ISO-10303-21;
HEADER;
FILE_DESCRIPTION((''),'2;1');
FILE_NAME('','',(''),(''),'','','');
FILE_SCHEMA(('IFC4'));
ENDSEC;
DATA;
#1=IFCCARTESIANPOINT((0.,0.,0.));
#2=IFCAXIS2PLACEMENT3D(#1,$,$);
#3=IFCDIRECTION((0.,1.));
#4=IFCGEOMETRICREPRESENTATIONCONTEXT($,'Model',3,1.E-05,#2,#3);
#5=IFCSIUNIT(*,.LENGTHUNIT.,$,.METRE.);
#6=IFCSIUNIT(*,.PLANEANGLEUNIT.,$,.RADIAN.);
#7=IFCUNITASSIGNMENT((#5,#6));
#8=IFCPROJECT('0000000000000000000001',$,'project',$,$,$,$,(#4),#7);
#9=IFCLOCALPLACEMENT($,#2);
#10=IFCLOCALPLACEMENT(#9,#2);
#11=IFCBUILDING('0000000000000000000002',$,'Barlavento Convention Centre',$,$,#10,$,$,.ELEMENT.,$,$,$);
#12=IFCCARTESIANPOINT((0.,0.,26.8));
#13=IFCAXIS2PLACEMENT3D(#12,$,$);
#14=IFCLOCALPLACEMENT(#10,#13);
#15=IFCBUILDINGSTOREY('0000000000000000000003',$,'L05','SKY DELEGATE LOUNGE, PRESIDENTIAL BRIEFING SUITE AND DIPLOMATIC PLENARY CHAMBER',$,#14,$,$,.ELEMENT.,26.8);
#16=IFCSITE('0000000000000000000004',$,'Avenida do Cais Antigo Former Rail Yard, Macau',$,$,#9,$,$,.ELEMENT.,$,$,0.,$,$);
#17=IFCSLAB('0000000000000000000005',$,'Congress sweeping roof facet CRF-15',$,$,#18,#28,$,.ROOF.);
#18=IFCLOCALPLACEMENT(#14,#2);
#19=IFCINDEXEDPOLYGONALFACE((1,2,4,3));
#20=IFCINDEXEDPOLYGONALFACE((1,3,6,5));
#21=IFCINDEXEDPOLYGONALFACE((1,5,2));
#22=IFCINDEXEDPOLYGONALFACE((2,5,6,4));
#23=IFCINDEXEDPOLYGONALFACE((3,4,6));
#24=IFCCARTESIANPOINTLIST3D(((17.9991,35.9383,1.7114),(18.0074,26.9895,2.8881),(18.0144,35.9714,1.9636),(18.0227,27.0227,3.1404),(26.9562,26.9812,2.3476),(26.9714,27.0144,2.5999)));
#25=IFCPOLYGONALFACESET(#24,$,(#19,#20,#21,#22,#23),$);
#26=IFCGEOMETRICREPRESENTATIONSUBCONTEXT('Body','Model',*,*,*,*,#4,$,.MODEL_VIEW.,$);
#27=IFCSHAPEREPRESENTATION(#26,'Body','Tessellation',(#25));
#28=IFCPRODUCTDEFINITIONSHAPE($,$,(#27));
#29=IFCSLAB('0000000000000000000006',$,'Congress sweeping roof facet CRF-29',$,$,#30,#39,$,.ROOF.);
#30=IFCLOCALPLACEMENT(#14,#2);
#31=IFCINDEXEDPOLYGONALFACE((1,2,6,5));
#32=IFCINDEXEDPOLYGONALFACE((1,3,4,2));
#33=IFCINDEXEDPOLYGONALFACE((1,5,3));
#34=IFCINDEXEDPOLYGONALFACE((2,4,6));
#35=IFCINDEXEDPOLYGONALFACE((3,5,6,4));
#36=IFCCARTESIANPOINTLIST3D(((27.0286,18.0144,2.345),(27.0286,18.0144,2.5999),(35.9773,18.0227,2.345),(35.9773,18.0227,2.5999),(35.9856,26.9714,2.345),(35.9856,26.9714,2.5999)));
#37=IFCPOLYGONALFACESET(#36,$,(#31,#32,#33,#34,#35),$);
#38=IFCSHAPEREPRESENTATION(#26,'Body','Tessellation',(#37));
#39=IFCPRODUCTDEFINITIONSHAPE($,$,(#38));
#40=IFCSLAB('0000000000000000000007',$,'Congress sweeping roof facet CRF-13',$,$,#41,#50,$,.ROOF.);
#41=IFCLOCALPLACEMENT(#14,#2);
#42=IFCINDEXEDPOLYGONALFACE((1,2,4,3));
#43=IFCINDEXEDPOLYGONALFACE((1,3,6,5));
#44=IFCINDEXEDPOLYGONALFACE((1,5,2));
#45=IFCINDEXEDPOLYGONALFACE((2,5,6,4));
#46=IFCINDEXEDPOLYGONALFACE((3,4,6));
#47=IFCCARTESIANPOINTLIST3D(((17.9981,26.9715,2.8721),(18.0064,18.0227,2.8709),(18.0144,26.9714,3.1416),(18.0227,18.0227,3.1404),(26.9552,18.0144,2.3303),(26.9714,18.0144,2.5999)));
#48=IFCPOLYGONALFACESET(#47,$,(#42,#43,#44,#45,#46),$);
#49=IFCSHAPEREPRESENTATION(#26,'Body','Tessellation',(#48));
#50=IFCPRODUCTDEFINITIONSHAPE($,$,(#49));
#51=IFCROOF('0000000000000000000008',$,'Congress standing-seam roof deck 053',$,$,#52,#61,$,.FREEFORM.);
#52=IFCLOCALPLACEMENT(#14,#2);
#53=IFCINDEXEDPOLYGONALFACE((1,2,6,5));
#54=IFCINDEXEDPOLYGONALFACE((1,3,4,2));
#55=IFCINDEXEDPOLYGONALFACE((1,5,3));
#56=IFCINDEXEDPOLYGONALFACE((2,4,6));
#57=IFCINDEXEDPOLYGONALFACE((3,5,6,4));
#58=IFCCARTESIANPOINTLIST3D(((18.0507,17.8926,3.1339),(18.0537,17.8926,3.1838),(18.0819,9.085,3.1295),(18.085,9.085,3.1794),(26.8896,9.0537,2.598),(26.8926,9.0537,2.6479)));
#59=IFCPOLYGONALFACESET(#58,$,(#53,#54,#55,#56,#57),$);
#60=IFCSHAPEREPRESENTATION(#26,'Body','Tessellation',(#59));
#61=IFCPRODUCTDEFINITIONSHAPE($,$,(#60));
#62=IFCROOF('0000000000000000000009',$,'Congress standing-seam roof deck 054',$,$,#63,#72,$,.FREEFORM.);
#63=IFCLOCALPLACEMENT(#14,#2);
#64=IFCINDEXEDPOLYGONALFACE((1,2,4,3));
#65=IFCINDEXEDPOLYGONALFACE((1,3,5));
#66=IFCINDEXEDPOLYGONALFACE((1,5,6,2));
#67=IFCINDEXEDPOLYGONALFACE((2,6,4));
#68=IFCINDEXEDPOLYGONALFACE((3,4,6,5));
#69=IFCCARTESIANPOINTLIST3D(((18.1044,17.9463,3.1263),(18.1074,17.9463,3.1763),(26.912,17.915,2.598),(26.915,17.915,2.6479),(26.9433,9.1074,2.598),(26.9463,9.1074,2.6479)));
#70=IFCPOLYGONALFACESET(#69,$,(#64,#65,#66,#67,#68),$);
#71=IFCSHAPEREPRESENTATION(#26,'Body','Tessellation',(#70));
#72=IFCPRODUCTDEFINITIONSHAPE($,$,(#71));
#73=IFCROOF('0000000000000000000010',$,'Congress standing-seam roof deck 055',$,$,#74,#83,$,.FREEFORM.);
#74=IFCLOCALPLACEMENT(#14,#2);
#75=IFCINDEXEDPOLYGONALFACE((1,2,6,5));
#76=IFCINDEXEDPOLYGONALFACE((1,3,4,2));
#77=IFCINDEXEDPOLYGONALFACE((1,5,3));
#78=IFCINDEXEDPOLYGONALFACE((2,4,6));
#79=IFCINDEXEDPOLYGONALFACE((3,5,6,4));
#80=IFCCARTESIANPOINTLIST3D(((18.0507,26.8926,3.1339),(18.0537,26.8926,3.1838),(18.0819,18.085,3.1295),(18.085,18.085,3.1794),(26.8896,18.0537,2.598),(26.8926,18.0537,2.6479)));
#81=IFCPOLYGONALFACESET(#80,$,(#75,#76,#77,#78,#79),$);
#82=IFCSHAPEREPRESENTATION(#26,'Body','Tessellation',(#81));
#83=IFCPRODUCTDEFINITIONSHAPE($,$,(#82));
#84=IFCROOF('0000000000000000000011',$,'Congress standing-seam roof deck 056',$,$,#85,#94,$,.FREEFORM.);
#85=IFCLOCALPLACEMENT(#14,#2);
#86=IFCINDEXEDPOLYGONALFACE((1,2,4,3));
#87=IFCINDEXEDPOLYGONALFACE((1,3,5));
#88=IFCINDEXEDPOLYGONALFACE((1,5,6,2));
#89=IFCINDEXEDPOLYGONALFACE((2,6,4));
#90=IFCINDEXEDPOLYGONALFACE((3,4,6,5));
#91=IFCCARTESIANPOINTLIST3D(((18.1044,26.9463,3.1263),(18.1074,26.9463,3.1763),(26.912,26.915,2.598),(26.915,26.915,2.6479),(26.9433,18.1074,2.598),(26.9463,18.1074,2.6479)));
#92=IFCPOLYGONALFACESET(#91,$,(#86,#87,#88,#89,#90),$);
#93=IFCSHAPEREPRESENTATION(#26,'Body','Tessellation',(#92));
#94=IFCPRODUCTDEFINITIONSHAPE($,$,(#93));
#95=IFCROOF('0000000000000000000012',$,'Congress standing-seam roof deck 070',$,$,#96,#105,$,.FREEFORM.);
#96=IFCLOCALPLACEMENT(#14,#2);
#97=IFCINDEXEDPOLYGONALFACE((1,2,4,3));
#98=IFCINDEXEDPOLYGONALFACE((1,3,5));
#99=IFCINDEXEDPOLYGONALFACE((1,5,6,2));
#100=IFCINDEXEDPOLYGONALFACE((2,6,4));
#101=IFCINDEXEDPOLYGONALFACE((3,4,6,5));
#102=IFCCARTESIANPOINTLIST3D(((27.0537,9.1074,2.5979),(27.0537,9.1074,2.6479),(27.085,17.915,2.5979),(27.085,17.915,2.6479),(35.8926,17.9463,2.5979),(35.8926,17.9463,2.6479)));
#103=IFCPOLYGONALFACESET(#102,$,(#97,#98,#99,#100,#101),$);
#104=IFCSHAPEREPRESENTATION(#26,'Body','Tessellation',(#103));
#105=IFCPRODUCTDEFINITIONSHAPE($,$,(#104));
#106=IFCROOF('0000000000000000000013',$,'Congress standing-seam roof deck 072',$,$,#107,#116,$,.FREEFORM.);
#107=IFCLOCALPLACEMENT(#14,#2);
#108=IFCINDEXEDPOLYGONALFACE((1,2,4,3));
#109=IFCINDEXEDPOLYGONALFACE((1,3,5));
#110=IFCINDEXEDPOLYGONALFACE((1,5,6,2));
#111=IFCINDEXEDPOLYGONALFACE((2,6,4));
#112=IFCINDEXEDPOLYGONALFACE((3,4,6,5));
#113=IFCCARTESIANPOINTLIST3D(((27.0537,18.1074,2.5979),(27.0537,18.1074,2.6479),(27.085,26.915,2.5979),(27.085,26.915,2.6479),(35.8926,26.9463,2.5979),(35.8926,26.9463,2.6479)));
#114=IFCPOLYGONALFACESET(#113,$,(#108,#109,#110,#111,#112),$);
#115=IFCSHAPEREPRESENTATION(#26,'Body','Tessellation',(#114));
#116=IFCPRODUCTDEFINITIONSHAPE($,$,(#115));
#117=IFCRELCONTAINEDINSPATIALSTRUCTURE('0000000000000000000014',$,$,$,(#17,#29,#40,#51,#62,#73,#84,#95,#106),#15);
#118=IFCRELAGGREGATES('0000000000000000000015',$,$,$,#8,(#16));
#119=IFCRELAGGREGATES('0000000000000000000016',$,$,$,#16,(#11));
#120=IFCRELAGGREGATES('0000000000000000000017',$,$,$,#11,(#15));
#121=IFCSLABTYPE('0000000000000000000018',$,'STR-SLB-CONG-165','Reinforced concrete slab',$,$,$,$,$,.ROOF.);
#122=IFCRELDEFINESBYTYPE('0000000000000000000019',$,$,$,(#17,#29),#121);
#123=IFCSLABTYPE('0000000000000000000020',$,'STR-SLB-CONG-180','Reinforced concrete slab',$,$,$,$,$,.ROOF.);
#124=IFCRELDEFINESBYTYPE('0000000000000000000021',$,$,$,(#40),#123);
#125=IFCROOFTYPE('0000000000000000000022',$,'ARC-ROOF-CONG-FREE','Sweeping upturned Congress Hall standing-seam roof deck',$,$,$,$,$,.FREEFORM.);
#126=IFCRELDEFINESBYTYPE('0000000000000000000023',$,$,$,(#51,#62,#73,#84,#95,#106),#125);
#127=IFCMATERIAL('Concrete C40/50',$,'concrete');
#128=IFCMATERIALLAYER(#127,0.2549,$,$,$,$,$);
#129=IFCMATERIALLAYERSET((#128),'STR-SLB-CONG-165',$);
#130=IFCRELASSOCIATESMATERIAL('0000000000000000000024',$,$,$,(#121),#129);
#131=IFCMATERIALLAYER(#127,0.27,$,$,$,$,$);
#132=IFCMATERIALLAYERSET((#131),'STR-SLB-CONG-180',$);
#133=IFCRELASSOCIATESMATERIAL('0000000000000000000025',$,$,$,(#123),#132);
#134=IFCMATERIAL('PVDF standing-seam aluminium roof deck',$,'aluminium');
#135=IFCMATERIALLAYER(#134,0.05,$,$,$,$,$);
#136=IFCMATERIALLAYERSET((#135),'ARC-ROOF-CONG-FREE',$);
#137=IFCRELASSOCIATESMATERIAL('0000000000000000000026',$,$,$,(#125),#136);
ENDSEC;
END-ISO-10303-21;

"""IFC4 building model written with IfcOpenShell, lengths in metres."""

from ifc_helpers import new_model, si_unit, direction, frame, origin, place, context, subcontext, project, spatial, polyline, outline, extrude, material, layer, layer_set, type_object, element, save


model = new_model("IFC4")

# Units and contexts
model_context = context("Model", 3, precision=1e-05, world=origin(), true_north=direction((0.0, 1.0)))
body_context = subcontext(model_context, "Body", "Model", "MODEL_VIEW")
ifc_project = project(units=[si_unit("LENGTHUNIT", "METRE"), si_unit("PLANEANGLEUNIT", "RADIAN")], contexts=[model_context])

# Site, building, storey
site_placement = place(None, origin())
site = spatial("IfcSite", under=ifc_project, at=site_placement, Name="Avenida do Cais Antigo Former Rail Yard, Macau", CompositionType="ELEMENT", RefElevation=0.0)
building_placement = place(site_placement, origin())
building = spatial("IfcBuilding", under=site, at=building_placement, Name="Barlavento Convention Centre", CompositionType="ELEMENT")
storey_placement = place(building_placement, frame((0.0, 0.0, 26.8)))
storey = spatial("IfcBuildingStorey", under=building, at=storey_placement, Name="L05", Description="SKY DELEGATE LOUNGE, PRESIDENTIAL BRIEFING SUITE AND DIPLOMATIC PLENARY CHAMBER", CompositionType="ELEMENT", Elevation=26.8)

# Shared definitions
ifc_material_1 = material(Name="Concrete C40/50", Category="concrete")

# Slabs
ifc_layer_1 = layer(ifc_material_1, 0.2549)
ifc_layer_set_1 = layer_set([ifc_layer_1], Name="STR-SLB-CONG-165")
slab_type_1 = type_object("IfcSlabType", Name="STR-SLB-CONG-165", Description="Reinforced concrete slab", PredefinedType="ROOF", material=ifc_layer_set_1)
slab_1_placement = place(storey_placement, frame((18.0227, 27.0227, 3.1404), z_axis=(0.0599, 0.130198, 0.989677), x_axis=(0.99818, -0.000926, -0.060293)))
element("IfcSlab", 1, at=slab_1_placement, inside=storey, type_object=slab_type_1, Name="Congress sweeping roof facet CRF-15", PredefinedType="ROOF", context=body_context, shape_type="SweptSolid", body=[
    extrude(outline(polyline([(0.0, 0.0), (8.965, 0.0), (0.0544, 9.0256), (0.0, 0.0)])), origin(), (0.0, 0.0, -1.0), 0.2549),
])
slab_2_placement = place(storey_placement, frame((27.0286, 18.0144, 2.5999), z_axis=(0.0, 0.0, 1.0), x_axis=(1.0, 0.000928, 0.0)))
element("IfcSlab", 2, at=slab_2_placement, inside=storey, type_object=slab_type_1, Name="Congress sweeping roof facet CRF-29", PredefinedType="ROOF", context=body_context, shape_type="SweptSolid", body=[
    extrude(outline(polyline([(0.0, 0.0), (8.9487, 0.0), (8.9653, 8.9487), (0.0, 0.0)])), origin(), (0.0, 0.0, -1.0), 0.2549),
])
ifc_layer_2 = layer(ifc_material_1, 0.27)
ifc_layer_set_2 = layer_set([ifc_layer_2], Name="STR-SLB-CONG-180")
slab_type_2 = type_object("IfcSlabType", Name="STR-SLB-CONG-180", Description="Reinforced concrete slab", PredefinedType="ROOF", material=ifc_layer_set_2)
slab_3_placement = place(storey_placement, frame((18.0227, 18.0227, 3.1404), z_axis=(0.060293, -0.00008, 0.998181), x_axis=(0.99818, -0.000926, -0.060293)))
element("IfcSlab", 3, at=slab_3_placement, inside=storey, type_object=slab_type_2, Name="Congress sweeping roof facet CRF-13", PredefinedType="ROOF", context=body_context, shape_type="SweptSolid", body=[
    extrude(outline(polyline([(0.0, 0.0), (8.965, 0.0), (-0.0166, 8.9487), (0.0, 0.0)])), origin(), (0.0, 0.0, -1.0), 0.27),
])

# Roofs
ifc_material_2 = material(Name="PVDF standing-seam aluminium roof deck", Category="aluminium")
ifc_layer_3 = layer(ifc_material_2, 0.05)
ifc_layer_set_3 = layer_set([ifc_layer_3], Name="ARC-ROOF-CONG-FREE")
roof_type = type_object("IfcRoofType", Name="ARC-ROOF-CONG-FREE", Description="Sweeping upturned Congress Hall standing-seam roof deck", PredefinedType="FREEFORM", material=ifc_layer_set_3)
roof_1_placement = place(storey_placement, frame((18.085, 9.085, 3.1794), z_axis=(0.060234, -0.000284, 0.998184), x_axis=(0.998178, -0.003542, -0.060235)))
element("IfcRoof", 4, at=roof_1_placement, inside=storey, type_object=roof_type, Name="Congress standing-seam roof deck 053", PredefinedType="FREEFORM", context=body_context, shape_type="SweptSolid", body=[
    extrude(outline(polyline([(0.0, 0.0), (8.8237, 0.0), (-0.0627, 8.8075), (0.0, 0.0)])), origin(), (0.0, 0.0, -1.0), 0.05),
])
roof_2_placement = place(storey_placement, frame((26.9463, 9.1074, 2.6479), z_axis=(0.059878, 0.000212, 0.998206), x_axis=(-0.003548, 0.999994, 0.0)))
element("IfcRoof", 5, at=roof_2_placement, inside=storey, type_object=roof_type, Name="Congress standing-seam roof deck 054", PredefinedType="FREEFORM", context=body_context, shape_type="SweptSolid", body=[
    extrude(outline(polyline([(0.0, 0.0), (8.8077, 0.0), (8.8702, 8.8233), (0.0, 0.0)])), origin(), (0.0, 0.0, -1.0), 0.05),
])
roof_3_placement = place(storey_placement, frame((18.085, 18.085, 3.1794), z_axis=(0.060234, -0.000284, 0.998184), x_axis=(0.998178, -0.003542, -0.060235)))
element("IfcRoof", 6, at=roof_3_placement, inside=storey, type_object=roof_type, Name="Congress standing-seam roof deck 055", PredefinedType="FREEFORM", context=body_context, shape_type="SweptSolid", body=[
    extrude(outline(polyline([(0.0, 0.0), (8.8237, 0.0), (-0.0627, 8.8075), (0.0, 0.0)])), origin(), (0.0, 0.0, -1.0), 0.05),
])
roof_4_placement = place(storey_placement, frame((26.9463, 18.1074, 2.6479), z_axis=(0.059878, 0.000212, 0.998206), x_axis=(-0.003548, 0.999994, 0.0)))
element("IfcRoof", 7, at=roof_4_placement, inside=storey, type_object=roof_type, Name="Congress standing-seam roof deck 056", PredefinedType="FREEFORM", context=body_context, shape_type="SweptSolid", body=[
    extrude(outline(polyline([(0.0, 0.0), (8.8077, 0.0), (8.8702, 8.8233), (0.0, 0.0)])), origin(), (0.0, 0.0, -1.0), 0.05),
])
for number, where, z_axis, x_axis, name in (
    (8, (27.0537, 9.1074, 2.6479), (0.0, 0.0, 1.0), (0.707107, 0.707107, 0.0), "Congress standing-seam roof deck 070"),
    (9, (27.0537, 18.1074, 2.6479), (0.0, 0.0, 1.0), (0.707107, 0.707107, 0.0), "Congress standing-seam roof deck 072"),
):
    element("IfcRoof", number, at=place(storey_placement, frame(where, z_axis=z_axis, x_axis=x_axis)), inside=storey, type_object=roof_type, Name=name, PredefinedType="FREEFORM", context=body_context, shape_type="SweptSolid", body=[
        extrude(outline(polyline([(0.0, 0.0), (12.5, 0.0), (6.25, 6.2058), (0.0, 0.0)])), origin(), (0.0, 0.0, -1.0), 0.05),
    ])

save(model, "model.ifc")
